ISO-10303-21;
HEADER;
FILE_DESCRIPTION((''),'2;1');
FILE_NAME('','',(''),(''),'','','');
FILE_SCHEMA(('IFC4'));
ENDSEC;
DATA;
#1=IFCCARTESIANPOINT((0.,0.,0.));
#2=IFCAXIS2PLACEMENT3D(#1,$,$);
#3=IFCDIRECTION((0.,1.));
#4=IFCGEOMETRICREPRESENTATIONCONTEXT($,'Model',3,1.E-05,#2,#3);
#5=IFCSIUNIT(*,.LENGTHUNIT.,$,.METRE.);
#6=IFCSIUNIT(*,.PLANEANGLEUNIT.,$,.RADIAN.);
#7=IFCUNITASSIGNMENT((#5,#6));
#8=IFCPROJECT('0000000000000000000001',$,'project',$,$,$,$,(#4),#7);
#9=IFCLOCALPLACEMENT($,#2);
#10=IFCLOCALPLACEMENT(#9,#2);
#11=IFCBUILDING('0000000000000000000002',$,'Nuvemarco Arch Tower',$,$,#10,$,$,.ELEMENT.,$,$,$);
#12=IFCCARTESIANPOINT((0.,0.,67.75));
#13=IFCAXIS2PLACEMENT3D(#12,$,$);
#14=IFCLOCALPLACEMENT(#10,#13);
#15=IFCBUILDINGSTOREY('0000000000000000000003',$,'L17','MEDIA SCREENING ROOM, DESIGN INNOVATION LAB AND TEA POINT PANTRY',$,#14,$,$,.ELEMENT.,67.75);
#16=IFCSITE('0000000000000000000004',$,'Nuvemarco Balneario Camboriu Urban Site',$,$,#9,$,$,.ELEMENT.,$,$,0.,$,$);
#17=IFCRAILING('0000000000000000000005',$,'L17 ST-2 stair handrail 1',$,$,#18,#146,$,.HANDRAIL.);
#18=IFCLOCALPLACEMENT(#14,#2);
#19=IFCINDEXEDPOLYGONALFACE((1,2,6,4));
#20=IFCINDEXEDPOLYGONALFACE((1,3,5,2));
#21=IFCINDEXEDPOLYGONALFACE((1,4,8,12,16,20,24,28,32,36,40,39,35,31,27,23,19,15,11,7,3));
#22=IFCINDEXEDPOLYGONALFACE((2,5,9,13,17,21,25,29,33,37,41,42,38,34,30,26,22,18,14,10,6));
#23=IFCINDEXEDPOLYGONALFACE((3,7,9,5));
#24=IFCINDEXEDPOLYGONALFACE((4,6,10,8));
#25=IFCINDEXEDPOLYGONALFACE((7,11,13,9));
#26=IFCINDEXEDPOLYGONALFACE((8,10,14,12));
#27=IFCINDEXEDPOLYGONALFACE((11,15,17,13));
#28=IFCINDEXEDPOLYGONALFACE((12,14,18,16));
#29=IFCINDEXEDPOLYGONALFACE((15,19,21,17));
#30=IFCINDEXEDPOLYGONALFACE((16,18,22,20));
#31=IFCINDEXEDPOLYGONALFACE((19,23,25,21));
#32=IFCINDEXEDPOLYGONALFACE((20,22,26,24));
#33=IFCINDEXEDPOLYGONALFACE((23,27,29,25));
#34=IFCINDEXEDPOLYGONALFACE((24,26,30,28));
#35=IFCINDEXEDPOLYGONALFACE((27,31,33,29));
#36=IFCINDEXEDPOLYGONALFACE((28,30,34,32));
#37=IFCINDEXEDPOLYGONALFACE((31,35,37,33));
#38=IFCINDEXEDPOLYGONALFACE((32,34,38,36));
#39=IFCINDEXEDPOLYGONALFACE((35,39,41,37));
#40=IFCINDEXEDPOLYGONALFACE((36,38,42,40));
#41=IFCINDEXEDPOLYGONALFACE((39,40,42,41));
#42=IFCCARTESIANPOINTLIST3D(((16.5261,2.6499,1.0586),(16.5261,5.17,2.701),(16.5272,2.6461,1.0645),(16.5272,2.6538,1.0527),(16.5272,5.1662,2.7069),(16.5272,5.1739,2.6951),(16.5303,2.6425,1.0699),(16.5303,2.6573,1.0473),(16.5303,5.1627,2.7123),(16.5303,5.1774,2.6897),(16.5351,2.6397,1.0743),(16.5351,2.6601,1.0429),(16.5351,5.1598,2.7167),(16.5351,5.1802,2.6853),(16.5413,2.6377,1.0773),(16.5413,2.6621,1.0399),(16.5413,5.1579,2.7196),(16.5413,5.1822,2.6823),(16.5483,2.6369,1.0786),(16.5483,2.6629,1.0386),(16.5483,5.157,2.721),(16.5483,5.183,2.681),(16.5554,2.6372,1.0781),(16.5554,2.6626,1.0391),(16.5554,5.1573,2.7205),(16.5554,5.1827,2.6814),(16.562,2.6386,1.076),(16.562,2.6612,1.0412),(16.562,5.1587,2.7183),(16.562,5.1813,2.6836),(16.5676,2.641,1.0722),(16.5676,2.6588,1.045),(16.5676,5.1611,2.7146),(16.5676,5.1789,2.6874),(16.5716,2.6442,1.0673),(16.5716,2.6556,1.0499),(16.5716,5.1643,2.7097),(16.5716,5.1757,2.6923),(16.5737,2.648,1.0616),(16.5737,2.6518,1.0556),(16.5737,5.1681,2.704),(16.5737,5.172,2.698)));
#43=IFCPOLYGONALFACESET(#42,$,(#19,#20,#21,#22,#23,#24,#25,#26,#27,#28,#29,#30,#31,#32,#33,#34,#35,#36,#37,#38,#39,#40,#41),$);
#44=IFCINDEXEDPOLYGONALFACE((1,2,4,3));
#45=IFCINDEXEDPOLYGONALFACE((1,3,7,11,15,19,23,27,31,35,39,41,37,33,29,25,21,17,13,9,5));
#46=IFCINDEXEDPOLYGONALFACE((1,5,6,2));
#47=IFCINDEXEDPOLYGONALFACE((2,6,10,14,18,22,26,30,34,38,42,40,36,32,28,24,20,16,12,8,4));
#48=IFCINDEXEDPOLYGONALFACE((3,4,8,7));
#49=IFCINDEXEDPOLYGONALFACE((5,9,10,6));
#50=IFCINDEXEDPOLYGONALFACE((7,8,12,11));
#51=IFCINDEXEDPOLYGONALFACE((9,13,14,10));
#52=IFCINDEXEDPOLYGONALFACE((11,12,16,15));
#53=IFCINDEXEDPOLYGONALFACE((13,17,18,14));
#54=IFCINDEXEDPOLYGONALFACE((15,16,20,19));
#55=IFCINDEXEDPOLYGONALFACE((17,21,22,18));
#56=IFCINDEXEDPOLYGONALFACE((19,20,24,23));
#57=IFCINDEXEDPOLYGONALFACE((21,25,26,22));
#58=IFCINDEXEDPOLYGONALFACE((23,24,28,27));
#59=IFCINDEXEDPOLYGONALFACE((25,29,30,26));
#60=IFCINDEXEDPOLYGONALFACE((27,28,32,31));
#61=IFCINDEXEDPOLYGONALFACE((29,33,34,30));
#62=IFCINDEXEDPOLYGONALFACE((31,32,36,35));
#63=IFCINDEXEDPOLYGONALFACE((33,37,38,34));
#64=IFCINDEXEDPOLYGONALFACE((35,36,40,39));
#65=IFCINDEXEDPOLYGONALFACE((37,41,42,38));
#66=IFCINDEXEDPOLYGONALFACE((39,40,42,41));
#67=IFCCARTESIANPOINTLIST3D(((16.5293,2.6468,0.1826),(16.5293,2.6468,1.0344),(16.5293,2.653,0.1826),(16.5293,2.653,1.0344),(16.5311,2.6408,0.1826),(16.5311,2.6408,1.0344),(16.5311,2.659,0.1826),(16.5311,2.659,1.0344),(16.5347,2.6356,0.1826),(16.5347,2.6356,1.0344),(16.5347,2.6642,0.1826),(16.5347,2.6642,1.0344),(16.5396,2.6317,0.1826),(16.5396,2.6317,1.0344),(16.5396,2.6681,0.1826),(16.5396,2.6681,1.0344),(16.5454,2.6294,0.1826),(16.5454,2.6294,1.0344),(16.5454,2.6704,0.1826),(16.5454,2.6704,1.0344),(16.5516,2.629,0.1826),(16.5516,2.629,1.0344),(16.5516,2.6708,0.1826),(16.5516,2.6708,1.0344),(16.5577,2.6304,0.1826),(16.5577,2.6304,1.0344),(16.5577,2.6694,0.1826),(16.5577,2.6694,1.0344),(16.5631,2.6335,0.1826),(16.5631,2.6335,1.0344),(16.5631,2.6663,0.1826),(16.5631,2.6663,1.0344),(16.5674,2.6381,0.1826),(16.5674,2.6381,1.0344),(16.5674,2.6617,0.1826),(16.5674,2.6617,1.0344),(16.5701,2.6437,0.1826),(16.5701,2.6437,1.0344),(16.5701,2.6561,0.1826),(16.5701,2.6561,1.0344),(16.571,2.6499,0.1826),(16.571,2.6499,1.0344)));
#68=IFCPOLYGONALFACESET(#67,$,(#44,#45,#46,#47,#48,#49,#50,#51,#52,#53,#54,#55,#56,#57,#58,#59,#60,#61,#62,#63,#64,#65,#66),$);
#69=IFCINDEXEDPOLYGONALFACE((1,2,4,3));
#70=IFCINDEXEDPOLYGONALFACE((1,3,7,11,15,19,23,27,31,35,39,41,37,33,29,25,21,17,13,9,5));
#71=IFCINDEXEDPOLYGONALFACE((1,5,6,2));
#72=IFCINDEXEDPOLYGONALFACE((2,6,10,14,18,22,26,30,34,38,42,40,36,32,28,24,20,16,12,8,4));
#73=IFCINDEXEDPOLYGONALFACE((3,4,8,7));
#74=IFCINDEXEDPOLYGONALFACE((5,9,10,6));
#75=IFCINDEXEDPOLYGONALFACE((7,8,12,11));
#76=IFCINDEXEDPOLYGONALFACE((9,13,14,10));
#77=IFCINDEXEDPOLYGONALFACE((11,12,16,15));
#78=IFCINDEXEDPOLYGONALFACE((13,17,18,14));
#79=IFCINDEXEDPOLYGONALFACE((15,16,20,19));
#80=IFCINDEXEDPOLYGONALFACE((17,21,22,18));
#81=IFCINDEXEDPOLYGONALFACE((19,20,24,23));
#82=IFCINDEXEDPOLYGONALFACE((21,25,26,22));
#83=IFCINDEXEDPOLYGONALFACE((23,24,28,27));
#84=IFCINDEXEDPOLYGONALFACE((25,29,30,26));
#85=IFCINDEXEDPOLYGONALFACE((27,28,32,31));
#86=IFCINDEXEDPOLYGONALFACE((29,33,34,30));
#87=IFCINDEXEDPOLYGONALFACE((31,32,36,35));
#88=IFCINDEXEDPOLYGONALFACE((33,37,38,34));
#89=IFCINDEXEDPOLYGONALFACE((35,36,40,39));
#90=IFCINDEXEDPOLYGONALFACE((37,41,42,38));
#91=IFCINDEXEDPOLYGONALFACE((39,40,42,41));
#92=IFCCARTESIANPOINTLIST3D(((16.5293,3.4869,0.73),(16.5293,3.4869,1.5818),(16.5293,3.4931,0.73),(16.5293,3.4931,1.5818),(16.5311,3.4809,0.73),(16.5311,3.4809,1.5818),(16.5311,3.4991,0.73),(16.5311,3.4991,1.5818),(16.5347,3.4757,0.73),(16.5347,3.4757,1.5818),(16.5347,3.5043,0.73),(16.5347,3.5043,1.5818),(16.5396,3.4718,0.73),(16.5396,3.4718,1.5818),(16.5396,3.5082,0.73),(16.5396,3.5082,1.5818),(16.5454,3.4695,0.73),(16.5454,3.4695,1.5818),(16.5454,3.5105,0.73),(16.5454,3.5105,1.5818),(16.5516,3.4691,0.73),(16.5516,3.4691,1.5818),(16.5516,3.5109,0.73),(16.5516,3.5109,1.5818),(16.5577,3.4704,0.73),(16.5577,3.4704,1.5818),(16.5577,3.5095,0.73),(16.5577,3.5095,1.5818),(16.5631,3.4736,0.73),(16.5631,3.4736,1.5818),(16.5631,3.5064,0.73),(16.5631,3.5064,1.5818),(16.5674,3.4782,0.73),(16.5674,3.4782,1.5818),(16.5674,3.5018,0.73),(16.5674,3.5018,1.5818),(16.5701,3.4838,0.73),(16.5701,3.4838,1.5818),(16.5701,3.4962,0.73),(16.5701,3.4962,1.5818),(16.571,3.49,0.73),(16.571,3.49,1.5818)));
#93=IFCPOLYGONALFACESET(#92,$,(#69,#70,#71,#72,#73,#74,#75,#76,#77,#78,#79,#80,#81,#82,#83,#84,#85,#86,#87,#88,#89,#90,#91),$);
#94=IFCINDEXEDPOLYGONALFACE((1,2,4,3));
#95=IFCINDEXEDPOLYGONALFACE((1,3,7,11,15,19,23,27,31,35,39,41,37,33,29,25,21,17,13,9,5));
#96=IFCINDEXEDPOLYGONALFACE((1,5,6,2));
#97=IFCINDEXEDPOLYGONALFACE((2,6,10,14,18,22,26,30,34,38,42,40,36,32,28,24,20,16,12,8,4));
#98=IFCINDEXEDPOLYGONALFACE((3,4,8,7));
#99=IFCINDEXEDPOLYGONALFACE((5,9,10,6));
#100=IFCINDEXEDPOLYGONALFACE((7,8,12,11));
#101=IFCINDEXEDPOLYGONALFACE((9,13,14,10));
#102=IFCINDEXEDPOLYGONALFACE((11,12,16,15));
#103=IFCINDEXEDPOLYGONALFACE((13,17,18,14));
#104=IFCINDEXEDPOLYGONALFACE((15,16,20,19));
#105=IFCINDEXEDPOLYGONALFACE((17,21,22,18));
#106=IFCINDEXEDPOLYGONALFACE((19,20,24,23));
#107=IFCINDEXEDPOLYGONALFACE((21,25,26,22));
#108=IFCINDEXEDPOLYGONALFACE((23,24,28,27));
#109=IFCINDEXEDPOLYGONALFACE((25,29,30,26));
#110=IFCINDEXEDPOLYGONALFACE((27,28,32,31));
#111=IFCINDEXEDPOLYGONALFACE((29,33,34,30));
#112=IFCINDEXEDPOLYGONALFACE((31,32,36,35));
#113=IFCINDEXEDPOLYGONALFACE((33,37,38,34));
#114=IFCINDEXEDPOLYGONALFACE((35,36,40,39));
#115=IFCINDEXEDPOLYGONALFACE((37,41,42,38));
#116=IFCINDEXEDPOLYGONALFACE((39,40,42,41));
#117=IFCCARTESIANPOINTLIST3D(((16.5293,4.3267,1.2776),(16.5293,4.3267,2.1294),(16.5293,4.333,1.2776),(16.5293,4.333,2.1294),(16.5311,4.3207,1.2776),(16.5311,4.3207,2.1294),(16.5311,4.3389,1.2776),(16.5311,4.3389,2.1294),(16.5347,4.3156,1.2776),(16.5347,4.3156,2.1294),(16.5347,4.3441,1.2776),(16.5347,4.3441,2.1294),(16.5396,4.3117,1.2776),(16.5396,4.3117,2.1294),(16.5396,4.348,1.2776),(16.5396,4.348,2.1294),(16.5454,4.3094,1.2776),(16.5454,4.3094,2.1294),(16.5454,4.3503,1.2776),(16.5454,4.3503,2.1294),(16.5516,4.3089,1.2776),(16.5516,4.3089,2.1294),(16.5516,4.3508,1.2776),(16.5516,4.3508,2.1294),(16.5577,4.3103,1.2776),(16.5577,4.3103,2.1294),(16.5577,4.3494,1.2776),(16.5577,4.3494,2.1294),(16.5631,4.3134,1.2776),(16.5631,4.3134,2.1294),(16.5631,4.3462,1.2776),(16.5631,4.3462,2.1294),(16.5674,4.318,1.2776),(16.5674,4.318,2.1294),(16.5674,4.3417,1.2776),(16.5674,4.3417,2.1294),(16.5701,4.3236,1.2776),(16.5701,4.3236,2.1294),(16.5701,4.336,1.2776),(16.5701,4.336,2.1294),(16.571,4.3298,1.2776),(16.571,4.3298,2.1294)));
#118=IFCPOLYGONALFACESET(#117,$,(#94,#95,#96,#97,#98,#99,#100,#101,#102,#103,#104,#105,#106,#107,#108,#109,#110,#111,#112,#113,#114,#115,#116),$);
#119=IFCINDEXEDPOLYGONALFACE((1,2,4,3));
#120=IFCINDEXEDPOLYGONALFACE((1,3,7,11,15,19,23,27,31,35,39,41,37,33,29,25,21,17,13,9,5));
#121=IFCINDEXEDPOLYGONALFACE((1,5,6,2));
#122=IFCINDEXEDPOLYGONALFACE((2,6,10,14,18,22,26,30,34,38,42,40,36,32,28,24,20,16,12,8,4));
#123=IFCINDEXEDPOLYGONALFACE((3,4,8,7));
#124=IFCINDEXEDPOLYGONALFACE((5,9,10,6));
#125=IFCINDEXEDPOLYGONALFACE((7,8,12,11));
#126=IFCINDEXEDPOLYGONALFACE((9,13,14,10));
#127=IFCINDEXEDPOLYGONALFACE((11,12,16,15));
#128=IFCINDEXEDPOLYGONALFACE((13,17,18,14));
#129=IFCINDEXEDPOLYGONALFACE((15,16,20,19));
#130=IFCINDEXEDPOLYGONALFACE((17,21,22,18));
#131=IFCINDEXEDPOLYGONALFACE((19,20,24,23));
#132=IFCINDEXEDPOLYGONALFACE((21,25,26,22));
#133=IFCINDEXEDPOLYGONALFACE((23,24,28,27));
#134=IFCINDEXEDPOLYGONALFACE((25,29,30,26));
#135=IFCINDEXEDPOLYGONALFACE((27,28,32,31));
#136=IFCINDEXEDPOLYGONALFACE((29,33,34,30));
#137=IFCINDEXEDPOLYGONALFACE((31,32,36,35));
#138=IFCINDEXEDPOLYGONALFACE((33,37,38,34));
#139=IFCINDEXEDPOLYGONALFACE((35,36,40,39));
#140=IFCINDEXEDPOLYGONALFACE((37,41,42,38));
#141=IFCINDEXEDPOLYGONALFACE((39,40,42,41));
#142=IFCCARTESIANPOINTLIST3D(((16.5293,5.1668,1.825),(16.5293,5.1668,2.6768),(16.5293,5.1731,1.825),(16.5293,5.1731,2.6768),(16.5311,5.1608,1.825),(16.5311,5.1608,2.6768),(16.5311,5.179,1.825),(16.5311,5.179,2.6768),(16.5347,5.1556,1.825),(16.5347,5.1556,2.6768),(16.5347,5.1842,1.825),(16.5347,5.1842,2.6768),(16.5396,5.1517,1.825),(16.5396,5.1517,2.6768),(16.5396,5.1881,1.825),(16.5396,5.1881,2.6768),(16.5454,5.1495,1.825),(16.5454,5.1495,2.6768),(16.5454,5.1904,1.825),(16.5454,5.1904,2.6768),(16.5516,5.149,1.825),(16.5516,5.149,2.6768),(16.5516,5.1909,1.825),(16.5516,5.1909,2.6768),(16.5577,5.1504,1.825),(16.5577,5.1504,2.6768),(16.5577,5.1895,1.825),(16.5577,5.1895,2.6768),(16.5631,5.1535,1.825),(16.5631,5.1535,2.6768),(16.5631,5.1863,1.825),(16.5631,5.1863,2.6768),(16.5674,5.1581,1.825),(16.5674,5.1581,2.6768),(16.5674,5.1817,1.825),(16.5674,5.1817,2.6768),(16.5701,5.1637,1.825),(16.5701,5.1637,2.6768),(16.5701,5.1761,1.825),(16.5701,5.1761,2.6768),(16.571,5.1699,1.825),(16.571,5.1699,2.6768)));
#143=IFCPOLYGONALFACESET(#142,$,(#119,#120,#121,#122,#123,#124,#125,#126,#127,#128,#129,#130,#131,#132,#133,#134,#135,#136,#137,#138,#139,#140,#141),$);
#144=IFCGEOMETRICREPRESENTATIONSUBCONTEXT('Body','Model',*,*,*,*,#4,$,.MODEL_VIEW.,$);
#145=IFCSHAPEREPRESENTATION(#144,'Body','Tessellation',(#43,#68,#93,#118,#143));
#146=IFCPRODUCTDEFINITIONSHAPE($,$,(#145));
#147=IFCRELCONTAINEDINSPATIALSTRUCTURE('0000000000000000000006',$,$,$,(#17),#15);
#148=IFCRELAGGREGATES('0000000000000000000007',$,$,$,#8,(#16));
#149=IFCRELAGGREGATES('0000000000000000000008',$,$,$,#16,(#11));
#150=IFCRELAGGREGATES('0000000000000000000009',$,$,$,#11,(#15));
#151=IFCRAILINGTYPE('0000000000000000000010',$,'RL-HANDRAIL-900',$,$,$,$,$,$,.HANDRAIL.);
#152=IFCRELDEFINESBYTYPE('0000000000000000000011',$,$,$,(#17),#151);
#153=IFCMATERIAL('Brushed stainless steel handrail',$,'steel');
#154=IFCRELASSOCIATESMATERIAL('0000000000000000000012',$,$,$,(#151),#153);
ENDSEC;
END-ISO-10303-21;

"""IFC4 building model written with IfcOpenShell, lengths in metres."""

from ifc_helpers import new_model, si_unit, direction, frame, origin, origin_2d, place, context, subcontext, project, spatial, circle, extrude, material, type_object, element, save


model = new_model("IFC4")

# Units and contexts
model_context = context("Model", 3, precision=1e-05, world=origin(), true_north=direction((0.0, 1.0)))
body_context = subcontext(model_context, "Body", "Model", "MODEL_VIEW")
ifc_project = project(units=[si_unit("LENGTHUNIT", "METRE"), si_unit("PLANEANGLEUNIT", "RADIAN")], contexts=[model_context])

# Site, building, storey
site_placement = place(None, origin())
site = spatial("IfcSite", under=ifc_project, at=site_placement, Name="Nuvemarco Balneario Camboriu Urban Site", CompositionType="ELEMENT", RefElevation=0.0)
building_placement = place(site_placement, origin())
building = spatial("IfcBuilding", under=site, at=building_placement, Name="Nuvemarco Arch Tower", CompositionType="ELEMENT")
storey_placement = place(building_placement, frame((0.0, 0.0, 67.75)))
storey = spatial("IfcBuildingStorey", under=building, at=storey_placement, Name="L17", Description="MEDIA SCREENING ROOM, DESIGN INNOVATION LAB AND TEA POINT PANTRY", CompositionType="ELEMENT", Elevation=67.75)

# Railing
ifc_material_1 = material(Name="Brushed stainless steel handrail", Category="steel")
railing_type_1 = type_object("IfcRailingType", Name="RL-HANDRAIL-900", PredefinedType="HANDRAIL", material=ifc_material_1)
railing_1_placement = place(storey_placement, frame((16.55, 2.6499, 0.1826)))
element("IfcRailing", 1, at=railing_1_placement, inside=storey, type_object=railing_type_1, Name="L17 ST-2 stair handrail 1", PredefinedType="HANDRAIL", context=body_context, shape_type="SweptSolid", body=[
    extrude(circle(Radius=0.0239, at=origin_2d()), frame((0.0, 0.0, 0.876), z_axis=(0.0, 0.837787, 0.545998), x_axis=(-1.0, 0.0, 0.0)), (0.0, 0.0, 1.0), 3.0081),
    extrude(circle(Radius=0.021, at=origin_2d()), origin(), (0.0, 0.0, 1.0), 0.8518),
    extrude(circle(Radius=0.021, at=origin_2d()), frame((0.0, 0.8401, 0.5474)), (0.0, 0.0, 1.0), 0.8518),
    extrude(circle(Radius=0.021, at=origin_2d()), frame((0.0, 1.6799, 1.095)), (0.0, 0.0, 1.0), 0.8518),
    extrude(circle(Radius=0.021, at=origin_2d()), frame((0.0, 2.52, 1.6423)), (0.0, 0.0, 1.0), 0.8518),
])

save(model, "model.ifc")
